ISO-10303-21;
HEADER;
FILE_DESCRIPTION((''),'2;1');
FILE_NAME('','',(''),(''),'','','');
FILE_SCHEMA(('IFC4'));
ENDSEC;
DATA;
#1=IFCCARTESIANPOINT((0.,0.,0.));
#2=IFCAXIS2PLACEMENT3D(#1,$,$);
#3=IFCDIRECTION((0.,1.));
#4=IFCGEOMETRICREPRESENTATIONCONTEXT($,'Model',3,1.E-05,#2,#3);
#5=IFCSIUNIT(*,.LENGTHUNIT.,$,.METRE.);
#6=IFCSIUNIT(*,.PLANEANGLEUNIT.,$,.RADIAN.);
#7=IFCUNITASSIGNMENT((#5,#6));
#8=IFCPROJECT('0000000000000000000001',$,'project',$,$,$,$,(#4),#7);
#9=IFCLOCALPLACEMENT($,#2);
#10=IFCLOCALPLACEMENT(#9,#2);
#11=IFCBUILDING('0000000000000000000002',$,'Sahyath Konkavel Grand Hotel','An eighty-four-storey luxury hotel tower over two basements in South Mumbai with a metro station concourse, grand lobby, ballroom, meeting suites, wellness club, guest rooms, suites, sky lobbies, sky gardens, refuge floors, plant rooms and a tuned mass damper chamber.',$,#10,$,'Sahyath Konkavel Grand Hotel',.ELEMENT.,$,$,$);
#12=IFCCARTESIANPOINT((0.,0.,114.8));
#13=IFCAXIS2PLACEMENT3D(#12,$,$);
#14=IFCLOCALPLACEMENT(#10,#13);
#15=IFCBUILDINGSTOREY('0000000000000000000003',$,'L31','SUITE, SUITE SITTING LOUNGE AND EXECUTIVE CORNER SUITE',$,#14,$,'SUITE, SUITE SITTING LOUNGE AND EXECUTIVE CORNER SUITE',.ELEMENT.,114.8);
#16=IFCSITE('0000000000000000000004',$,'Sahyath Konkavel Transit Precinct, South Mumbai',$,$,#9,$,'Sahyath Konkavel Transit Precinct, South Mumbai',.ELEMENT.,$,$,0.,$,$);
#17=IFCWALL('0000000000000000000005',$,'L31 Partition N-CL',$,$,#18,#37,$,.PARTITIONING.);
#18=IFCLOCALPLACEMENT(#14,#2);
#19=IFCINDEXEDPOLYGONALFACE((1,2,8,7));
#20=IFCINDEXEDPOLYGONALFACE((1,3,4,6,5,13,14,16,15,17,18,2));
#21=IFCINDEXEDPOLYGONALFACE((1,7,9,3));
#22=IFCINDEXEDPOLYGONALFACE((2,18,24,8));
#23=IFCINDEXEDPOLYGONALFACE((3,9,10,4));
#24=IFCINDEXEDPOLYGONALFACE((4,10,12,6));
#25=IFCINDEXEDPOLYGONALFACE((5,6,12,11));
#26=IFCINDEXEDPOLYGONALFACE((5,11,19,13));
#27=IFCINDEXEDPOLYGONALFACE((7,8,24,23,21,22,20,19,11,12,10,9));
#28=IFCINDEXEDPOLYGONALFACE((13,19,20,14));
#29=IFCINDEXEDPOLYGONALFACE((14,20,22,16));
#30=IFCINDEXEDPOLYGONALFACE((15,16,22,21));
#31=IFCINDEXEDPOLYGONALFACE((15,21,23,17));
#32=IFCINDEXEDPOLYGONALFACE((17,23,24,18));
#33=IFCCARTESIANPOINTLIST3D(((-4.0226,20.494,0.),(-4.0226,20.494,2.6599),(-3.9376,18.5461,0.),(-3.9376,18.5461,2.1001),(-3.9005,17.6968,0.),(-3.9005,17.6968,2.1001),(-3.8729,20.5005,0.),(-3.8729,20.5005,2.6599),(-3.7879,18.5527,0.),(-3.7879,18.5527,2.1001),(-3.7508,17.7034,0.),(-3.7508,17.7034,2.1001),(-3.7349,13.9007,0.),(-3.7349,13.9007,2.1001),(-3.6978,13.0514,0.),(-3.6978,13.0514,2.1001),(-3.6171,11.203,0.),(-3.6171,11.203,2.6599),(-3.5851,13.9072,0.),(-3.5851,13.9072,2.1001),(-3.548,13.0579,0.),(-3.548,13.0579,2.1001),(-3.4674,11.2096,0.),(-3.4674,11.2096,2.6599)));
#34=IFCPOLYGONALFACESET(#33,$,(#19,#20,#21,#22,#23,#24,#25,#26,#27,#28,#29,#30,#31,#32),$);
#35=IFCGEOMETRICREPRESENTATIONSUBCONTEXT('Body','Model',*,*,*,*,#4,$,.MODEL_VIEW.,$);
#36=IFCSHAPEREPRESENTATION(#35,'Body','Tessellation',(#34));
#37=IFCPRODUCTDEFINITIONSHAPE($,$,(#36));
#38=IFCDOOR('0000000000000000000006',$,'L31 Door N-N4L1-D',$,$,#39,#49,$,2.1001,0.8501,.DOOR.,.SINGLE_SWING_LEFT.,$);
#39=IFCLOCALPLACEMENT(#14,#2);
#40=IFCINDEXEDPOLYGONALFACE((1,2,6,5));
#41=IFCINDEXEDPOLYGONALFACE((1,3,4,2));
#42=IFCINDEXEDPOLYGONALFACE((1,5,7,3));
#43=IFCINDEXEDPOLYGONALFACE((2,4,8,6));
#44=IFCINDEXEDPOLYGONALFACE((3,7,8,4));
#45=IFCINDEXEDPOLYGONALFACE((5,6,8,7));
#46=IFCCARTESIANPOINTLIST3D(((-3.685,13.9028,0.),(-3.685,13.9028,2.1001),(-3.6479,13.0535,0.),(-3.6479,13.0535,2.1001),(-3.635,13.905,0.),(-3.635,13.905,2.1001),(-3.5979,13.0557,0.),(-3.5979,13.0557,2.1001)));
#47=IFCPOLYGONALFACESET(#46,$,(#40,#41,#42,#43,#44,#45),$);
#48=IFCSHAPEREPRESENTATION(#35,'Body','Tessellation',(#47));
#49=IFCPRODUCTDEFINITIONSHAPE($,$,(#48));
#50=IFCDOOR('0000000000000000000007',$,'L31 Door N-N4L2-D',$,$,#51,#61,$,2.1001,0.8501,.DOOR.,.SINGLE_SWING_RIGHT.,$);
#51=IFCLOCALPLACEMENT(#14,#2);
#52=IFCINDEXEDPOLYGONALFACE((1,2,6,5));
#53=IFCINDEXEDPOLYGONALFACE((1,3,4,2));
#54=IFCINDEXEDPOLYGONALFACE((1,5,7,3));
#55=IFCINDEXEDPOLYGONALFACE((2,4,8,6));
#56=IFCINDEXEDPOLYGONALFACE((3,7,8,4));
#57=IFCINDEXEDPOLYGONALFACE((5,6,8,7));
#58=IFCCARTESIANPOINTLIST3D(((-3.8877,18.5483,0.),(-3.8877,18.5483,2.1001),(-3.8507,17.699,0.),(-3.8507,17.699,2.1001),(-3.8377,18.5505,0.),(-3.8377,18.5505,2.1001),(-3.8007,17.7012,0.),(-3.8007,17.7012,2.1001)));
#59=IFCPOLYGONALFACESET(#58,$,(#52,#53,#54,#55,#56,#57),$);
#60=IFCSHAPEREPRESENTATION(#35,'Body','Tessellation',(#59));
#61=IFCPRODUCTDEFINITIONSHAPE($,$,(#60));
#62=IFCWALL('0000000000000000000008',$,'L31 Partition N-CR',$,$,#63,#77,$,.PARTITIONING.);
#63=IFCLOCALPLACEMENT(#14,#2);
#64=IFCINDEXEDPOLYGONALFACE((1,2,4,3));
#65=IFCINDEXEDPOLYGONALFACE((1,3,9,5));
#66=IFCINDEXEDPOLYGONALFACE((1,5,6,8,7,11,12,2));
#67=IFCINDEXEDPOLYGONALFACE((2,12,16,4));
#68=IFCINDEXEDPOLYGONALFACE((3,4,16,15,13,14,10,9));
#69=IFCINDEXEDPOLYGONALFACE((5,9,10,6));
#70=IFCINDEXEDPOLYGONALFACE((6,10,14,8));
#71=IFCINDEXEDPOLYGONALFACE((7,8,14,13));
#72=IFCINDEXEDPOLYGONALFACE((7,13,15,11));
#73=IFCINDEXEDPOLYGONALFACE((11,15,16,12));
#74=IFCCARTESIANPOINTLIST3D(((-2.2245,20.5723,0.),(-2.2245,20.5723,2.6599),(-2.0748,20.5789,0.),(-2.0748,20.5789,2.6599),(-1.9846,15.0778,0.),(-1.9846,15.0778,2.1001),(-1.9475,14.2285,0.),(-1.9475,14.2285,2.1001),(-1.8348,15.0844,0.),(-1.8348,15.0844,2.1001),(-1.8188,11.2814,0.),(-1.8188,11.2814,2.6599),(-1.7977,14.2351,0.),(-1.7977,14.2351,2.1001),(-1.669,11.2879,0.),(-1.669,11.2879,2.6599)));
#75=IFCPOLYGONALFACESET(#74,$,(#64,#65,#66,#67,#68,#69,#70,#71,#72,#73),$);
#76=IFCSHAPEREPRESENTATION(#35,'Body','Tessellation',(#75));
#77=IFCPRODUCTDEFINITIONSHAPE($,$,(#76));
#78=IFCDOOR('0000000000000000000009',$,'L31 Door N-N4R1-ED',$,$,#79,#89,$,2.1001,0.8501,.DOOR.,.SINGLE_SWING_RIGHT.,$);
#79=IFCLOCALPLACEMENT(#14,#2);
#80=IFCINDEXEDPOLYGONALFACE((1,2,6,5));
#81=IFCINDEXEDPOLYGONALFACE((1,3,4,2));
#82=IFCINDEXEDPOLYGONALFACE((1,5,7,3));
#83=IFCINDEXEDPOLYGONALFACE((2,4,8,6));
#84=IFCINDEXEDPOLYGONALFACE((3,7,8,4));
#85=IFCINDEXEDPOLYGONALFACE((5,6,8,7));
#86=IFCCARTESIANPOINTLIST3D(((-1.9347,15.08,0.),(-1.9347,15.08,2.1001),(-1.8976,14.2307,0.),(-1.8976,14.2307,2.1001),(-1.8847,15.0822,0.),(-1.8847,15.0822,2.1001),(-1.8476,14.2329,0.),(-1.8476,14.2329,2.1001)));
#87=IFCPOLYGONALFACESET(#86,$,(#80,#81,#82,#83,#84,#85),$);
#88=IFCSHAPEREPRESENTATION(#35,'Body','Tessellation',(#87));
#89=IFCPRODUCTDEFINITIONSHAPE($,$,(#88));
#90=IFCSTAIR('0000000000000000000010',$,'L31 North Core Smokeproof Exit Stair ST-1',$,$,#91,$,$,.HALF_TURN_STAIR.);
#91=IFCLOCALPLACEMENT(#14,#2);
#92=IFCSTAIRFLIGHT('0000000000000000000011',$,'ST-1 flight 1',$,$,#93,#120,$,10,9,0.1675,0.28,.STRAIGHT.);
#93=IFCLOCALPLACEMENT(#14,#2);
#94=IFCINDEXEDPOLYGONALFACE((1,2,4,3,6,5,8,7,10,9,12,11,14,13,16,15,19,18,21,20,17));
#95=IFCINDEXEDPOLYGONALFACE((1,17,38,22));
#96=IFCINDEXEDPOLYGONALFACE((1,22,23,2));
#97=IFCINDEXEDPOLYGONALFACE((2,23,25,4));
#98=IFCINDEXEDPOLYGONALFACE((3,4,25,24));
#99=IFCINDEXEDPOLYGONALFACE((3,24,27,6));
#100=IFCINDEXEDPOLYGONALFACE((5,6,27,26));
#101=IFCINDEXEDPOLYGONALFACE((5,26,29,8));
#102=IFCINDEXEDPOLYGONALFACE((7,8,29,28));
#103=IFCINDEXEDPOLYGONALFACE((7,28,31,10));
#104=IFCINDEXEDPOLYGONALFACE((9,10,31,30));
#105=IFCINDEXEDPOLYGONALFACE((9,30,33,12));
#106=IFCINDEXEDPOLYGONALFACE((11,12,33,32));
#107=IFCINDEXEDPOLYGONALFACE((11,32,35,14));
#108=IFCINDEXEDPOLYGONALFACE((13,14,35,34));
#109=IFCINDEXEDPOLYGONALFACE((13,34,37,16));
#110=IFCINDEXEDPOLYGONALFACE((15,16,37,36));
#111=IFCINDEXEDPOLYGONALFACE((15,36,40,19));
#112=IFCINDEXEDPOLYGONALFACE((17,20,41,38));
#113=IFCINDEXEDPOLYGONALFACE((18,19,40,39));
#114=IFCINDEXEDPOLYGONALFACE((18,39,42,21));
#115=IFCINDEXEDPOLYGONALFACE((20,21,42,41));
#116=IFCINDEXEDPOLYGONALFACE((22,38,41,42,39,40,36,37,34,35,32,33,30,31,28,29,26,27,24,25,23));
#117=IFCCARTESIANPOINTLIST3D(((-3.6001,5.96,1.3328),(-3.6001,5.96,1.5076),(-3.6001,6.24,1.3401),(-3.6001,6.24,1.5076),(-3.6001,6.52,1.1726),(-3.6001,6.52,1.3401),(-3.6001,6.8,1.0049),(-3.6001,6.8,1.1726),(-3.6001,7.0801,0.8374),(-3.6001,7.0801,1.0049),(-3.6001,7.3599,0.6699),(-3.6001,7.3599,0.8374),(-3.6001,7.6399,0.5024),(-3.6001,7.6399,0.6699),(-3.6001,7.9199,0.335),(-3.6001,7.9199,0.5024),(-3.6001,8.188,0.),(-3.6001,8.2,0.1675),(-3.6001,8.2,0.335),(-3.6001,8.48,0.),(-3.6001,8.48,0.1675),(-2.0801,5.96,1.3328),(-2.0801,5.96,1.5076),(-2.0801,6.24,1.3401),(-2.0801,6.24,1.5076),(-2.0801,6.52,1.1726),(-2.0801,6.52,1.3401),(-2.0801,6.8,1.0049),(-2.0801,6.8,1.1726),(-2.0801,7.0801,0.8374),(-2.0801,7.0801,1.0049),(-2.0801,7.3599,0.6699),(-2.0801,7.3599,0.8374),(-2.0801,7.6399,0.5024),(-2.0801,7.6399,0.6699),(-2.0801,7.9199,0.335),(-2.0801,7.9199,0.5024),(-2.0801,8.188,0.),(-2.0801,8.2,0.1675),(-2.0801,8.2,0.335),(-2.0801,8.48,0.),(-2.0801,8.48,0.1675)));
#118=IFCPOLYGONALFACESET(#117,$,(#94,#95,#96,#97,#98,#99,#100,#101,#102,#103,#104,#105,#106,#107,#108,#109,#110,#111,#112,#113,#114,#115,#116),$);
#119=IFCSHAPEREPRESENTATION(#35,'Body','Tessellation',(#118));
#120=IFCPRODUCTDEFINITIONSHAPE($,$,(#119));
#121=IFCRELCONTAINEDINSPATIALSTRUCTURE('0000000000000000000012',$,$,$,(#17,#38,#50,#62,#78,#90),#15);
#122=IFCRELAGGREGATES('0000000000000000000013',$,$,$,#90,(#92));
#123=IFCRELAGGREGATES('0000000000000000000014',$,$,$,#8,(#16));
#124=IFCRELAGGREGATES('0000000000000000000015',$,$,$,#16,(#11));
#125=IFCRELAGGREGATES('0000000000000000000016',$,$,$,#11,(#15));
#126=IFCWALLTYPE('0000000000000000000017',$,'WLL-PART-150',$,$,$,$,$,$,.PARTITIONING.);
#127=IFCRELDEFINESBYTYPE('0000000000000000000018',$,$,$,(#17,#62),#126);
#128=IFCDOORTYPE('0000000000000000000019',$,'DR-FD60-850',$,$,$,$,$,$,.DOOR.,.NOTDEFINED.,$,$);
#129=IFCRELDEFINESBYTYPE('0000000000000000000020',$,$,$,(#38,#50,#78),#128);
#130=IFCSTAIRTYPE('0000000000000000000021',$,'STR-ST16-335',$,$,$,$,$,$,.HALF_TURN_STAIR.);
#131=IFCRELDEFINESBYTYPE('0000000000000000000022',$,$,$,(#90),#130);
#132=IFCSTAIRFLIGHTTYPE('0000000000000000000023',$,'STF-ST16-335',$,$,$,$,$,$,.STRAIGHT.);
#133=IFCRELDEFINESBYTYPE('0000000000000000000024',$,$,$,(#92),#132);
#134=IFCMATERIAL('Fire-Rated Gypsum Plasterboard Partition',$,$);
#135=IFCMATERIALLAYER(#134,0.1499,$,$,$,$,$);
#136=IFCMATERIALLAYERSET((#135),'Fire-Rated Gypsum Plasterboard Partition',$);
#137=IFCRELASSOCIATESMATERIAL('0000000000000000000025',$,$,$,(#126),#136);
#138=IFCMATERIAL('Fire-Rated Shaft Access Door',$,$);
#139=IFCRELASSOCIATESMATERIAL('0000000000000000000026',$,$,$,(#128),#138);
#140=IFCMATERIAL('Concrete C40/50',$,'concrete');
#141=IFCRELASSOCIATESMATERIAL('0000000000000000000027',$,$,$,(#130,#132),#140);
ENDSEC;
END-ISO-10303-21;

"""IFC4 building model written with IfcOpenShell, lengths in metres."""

from ifc_helpers import new_model, si_unit, direction, frame, frame_2d, origin, origin_2d, place, context, subcontext, project, spatial, polyline, rectangle, outline, extrude, source, transform, mapped, material, layer, layer_set, type_object, element, fill, aggregate, save


model = new_model("IFC4")

# Units and contexts
model_context = context("Model", 3, precision=1e-05, world=origin(), true_north=direction((0.0, 1.0)))
body_context = subcontext(model_context, "Body", "Model", "MODEL_VIEW")
ifc_project = project(units=[si_unit("LENGTHUNIT", "METRE"), si_unit("PLANEANGLEUNIT", "RADIAN")], contexts=[model_context])

# Site, building, storey
site_placement = place(None, origin())
site = spatial("IfcSite", under=ifc_project, at=site_placement, Name="Sahyath Konkavel Transit Precinct, South Mumbai", LongName="Sahyath Konkavel Transit Precinct, South Mumbai", CompositionType="ELEMENT", RefElevation=0.0)
building_placement = place(site_placement, origin())
building = spatial("IfcBuilding", under=site, at=building_placement, Name="Sahyath Konkavel Grand Hotel", Description="An eighty-four-storey luxury hotel tower over two basements in South Mumbai with a metro station concourse, grand lobby, ballroom, meeting suites, wellness club, guest rooms, suites, sky lobbies, sky gardens, refuge floors, plant rooms and a tuned mass damper chamber.", LongName="Sahyath Konkavel Grand Hotel", CompositionType="ELEMENT")
storey_placement = place(building_placement, frame((0.0, 0.0, 114.8)))
storey = spatial("IfcBuildingStorey", under=building, at=storey_placement, Name="L31", Description="SUITE, SUITE SITTING LOUNGE AND EXECUTIVE CORNER SUITE", LongName="SUITE, SUITE SITTING LOUNGE AND EXECUTIVE CORNER SUITE", CompositionType="ELEMENT", Elevation=114.8)

# Wall, openings, doors
ifc_material_1 = material(Name="Fire-Rated Gypsum Plasterboard Partition")
ifc_layer_1 = layer(ifc_material_1, 0.1499)
ifc_layer_set_1 = layer_set([ifc_layer_1], Name="Fire-Rated Gypsum Plasterboard Partition")
wall_type_1 = type_object("IfcWallType", Name="WLL-PART-150", PredefinedType="PARTITIONING", material=ifc_layer_set_1)
wall_1_placement = place(storey_placement, frame((-3.5422, 11.2063, 0.0), z_axis=(0.0, 0.0, 1.0), x_axis=(-0.043605, 0.999049, 0.0)))
wall_1 = element("IfcWall", 1, at=wall_1_placement, inside=storey, type_object=wall_type_1, Name="L31 Partition N-CL", PredefinedType="PARTITIONING", context=body_context, shape_type="SweptSolid", body=[
    extrude(rectangle(XDim=9.2998, YDim=0.1499, at=frame_2d((4.6499, 0.0))), origin(), (0.0, 0.0, 1.0), 2.6599),
])
opening_1_placement = place(wall_1_placement, frame((1.8501, 0.0, 0.0)))
opening_1 = element("IfcOpeningElement", 2, at=opening_1_placement, cuts=wall_1, PredefinedType="OPENING", context=body_context, shape_type="SweptSolid", body=[
    extrude(rectangle(XDim=0.8501, YDim=2.1001, at=frame_2d((0.425, 1.05))), frame((0.0, 0.085, 0.0), z_axis=(0.0, -1.0, 0.0), x_axis=(1.0, 0.0, 0.0)), (0.0, 0.0, 1.0), 0.1699),
])
opening_2_placement = place(wall_1_placement, frame((6.5, 0.0, 0.0)))
opening_2 = element("IfcOpeningElement", 3, at=opening_2_placement, cuts=wall_1, PredefinedType="OPENING", context=body_context, shape_type="SweptSolid", body=[
    extrude(rectangle(XDim=0.8501, YDim=2.1001, at=frame_2d((0.425, 1.05))), frame((0.0, 0.085, 0.0), z_axis=(0.0, -1.0, 0.0), x_axis=(1.0, 0.0, 0.0)), (0.0, 0.0, 1.0), 0.1699),
])
ifc_material_2 = material(Name="Fire-Rated Shaft Access Door")
door_type_1 = type_object("IfcDoorType", Name="DR-FD60-850", OperationType="NOTDEFINED", PredefinedType="DOOR", material=ifc_material_2)
shared_shape_1 = source(origin(), body_context, "Body", "SweptSolid", [
    extrude(rectangle(XDim=0.8501, YDim=0.05, at=origin_2d()), origin(), (0.0, 0.0, 1.0), 2.1001),
])
door_1_placement = place(opening_1_placement, frame((0.425, 0.0, 0.0)))
door_1 = element("IfcDoor", 4, at=door_1_placement, inside=storey, type_object=door_type_1, Name="L31 Door N-N4L1-D", OperationType="SINGLE_SWING_LEFT", OverallHeight=2.1001, OverallWidth=0.8501, PredefinedType="DOOR", context=body_context, shape_type="MappedRepresentation", body=[
    mapped(shared_shape_1, transform((0.0, 0.0, 0.0), scale=1.0)),
])
fill(opening_1, door_1)
door_2_placement = place(opening_2_placement, frame((0.425, 0.0, 0.0)))
door_2 = element("IfcDoor", 5, at=door_2_placement, inside=storey, type_object=door_type_1, Name="L31 Door N-N4L2-D", OperationType="SINGLE_SWING_RIGHT", OverallHeight=2.1001, OverallWidth=0.8501, PredefinedType="DOOR", context=body_context, shape_type="MappedRepresentation", body=[
    mapped(shared_shape_1, transform((0.0, 0.0, 0.0), scale=1.0)),
])
fill(opening_2, door_2)

# Wall, opening, door
wall_2_placement = place(storey_placement, frame((-1.7439, 11.2847, 0.0), z_axis=(0.0, 0.0, 1.0), x_axis=(-0.043631, 0.999048, 0.0)))
wall_2 = element("IfcWall", 6, at=wall_2_placement, inside=storey, type_object=wall_type_1, Name="L31 Partition N-CR", PredefinedType="PARTITIONING", context=body_context, shape_type="SweptSolid", body=[
    extrude(rectangle(XDim=9.2998, YDim=0.1499, at=frame_2d((4.6499, 0.0))), origin(), (0.0, 0.0, 1.0), 2.6599),
])
opening_3_placement = place(wall_2_placement, frame((2.95, 0.0, 0.0)))
opening_3 = element("IfcOpeningElement", 7, at=opening_3_placement, cuts=wall_2, PredefinedType="OPENING", context=body_context, shape_type="SweptSolid", body=[
    extrude(rectangle(XDim=0.8501, YDim=2.1001, at=frame_2d((0.425, 1.05))), frame((0.0, 0.085, 0.0), z_axis=(0.0, -1.0, 0.0), x_axis=(1.0, 0.0, 0.0)), (0.0, 0.0, 1.0), 0.1699),
])
door_3_placement = place(opening_3_placement, frame((0.425, 0.0, 0.0)))
door_3 = element("IfcDoor", 8, at=door_3_placement, inside=storey, type_object=door_type_1, Name="L31 Door N-N4R1-ED", OperationType="SINGLE_SWING_RIGHT", OverallHeight=2.1001, OverallWidth=0.8501, PredefinedType="DOOR", context=body_context, shape_type="MappedRepresentation", body=[
    mapped(shared_shape_1, transform((0.0, 0.0, 0.0), scale=1.0)),
])
fill(opening_3, door_3)

# Stair, stair flight
ifc_material_3 = material(Name="Concrete C40/50", Category="concrete")
stair_type = type_object("IfcStairType", Name="STR-ST16-335", PredefinedType="HALF_TURN_STAIR", material=ifc_material_3)
stair_placement = place(storey_placement, origin())
stair = element("IfcStair", 9, at=stair_placement, inside=storey, type_object=stair_type, Name="L31 North Core Smokeproof Exit Stair ST-1", PredefinedType="HALF_TURN_STAIR")
stair_flight_type = type_object("IfcStairFlightType", Name="STF-ST16-335", PredefinedType="STRAIGHT", material=ifc_material_3)
stair_flight_placement = place(storey_placement, frame((-2.8401, 8.48, 0.0), z_axis=(0.0, 0.0, 1.0), x_axis=(0.0, -1.0, 0.0)))
stair_flight = element("IfcStairFlight", 10, at=stair_flight_placement, type_object=stair_flight_type, Name="ST-1 flight 1", NumberOfRisers=10, NumberOfTreads=9, PredefinedType="STRAIGHT", RiserHeight=0.1675, TreadLength=0.28, context=body_context, shape_type="SweptSolid", body=[
    extrude(outline(polyline([(0.0, 0.0), (0.0, 0.1675), (0.28, 0.1675), (0.28, 0.335), (0.5601, 0.335), (0.5601, 0.5024), (0.8401, 0.5024), (0.8401, 0.6699), (1.1201, 0.6699), (1.1201, 0.8374), (1.3999, 0.8374), (1.3999, 1.0049), (1.6799, 1.0049), (1.6799, 1.1726), (1.96, 1.1726), (1.96, 1.3401), (2.24, 1.3401), (2.24, 1.5076), (2.52, 1.5076), (2.52, 1.675), (2.52, 1.3328), (0.292, 0.0), (0.0, 0.0)])), frame((0.0, 0.76, 0.0), z_axis=(0.0, -1.0, 0.0), x_axis=(1.0, 0.0, 0.0)), (0.0, 0.0, 1.0), 1.52),
])
aggregate(stair, [stair_flight])

save(model, "model.ifc")
